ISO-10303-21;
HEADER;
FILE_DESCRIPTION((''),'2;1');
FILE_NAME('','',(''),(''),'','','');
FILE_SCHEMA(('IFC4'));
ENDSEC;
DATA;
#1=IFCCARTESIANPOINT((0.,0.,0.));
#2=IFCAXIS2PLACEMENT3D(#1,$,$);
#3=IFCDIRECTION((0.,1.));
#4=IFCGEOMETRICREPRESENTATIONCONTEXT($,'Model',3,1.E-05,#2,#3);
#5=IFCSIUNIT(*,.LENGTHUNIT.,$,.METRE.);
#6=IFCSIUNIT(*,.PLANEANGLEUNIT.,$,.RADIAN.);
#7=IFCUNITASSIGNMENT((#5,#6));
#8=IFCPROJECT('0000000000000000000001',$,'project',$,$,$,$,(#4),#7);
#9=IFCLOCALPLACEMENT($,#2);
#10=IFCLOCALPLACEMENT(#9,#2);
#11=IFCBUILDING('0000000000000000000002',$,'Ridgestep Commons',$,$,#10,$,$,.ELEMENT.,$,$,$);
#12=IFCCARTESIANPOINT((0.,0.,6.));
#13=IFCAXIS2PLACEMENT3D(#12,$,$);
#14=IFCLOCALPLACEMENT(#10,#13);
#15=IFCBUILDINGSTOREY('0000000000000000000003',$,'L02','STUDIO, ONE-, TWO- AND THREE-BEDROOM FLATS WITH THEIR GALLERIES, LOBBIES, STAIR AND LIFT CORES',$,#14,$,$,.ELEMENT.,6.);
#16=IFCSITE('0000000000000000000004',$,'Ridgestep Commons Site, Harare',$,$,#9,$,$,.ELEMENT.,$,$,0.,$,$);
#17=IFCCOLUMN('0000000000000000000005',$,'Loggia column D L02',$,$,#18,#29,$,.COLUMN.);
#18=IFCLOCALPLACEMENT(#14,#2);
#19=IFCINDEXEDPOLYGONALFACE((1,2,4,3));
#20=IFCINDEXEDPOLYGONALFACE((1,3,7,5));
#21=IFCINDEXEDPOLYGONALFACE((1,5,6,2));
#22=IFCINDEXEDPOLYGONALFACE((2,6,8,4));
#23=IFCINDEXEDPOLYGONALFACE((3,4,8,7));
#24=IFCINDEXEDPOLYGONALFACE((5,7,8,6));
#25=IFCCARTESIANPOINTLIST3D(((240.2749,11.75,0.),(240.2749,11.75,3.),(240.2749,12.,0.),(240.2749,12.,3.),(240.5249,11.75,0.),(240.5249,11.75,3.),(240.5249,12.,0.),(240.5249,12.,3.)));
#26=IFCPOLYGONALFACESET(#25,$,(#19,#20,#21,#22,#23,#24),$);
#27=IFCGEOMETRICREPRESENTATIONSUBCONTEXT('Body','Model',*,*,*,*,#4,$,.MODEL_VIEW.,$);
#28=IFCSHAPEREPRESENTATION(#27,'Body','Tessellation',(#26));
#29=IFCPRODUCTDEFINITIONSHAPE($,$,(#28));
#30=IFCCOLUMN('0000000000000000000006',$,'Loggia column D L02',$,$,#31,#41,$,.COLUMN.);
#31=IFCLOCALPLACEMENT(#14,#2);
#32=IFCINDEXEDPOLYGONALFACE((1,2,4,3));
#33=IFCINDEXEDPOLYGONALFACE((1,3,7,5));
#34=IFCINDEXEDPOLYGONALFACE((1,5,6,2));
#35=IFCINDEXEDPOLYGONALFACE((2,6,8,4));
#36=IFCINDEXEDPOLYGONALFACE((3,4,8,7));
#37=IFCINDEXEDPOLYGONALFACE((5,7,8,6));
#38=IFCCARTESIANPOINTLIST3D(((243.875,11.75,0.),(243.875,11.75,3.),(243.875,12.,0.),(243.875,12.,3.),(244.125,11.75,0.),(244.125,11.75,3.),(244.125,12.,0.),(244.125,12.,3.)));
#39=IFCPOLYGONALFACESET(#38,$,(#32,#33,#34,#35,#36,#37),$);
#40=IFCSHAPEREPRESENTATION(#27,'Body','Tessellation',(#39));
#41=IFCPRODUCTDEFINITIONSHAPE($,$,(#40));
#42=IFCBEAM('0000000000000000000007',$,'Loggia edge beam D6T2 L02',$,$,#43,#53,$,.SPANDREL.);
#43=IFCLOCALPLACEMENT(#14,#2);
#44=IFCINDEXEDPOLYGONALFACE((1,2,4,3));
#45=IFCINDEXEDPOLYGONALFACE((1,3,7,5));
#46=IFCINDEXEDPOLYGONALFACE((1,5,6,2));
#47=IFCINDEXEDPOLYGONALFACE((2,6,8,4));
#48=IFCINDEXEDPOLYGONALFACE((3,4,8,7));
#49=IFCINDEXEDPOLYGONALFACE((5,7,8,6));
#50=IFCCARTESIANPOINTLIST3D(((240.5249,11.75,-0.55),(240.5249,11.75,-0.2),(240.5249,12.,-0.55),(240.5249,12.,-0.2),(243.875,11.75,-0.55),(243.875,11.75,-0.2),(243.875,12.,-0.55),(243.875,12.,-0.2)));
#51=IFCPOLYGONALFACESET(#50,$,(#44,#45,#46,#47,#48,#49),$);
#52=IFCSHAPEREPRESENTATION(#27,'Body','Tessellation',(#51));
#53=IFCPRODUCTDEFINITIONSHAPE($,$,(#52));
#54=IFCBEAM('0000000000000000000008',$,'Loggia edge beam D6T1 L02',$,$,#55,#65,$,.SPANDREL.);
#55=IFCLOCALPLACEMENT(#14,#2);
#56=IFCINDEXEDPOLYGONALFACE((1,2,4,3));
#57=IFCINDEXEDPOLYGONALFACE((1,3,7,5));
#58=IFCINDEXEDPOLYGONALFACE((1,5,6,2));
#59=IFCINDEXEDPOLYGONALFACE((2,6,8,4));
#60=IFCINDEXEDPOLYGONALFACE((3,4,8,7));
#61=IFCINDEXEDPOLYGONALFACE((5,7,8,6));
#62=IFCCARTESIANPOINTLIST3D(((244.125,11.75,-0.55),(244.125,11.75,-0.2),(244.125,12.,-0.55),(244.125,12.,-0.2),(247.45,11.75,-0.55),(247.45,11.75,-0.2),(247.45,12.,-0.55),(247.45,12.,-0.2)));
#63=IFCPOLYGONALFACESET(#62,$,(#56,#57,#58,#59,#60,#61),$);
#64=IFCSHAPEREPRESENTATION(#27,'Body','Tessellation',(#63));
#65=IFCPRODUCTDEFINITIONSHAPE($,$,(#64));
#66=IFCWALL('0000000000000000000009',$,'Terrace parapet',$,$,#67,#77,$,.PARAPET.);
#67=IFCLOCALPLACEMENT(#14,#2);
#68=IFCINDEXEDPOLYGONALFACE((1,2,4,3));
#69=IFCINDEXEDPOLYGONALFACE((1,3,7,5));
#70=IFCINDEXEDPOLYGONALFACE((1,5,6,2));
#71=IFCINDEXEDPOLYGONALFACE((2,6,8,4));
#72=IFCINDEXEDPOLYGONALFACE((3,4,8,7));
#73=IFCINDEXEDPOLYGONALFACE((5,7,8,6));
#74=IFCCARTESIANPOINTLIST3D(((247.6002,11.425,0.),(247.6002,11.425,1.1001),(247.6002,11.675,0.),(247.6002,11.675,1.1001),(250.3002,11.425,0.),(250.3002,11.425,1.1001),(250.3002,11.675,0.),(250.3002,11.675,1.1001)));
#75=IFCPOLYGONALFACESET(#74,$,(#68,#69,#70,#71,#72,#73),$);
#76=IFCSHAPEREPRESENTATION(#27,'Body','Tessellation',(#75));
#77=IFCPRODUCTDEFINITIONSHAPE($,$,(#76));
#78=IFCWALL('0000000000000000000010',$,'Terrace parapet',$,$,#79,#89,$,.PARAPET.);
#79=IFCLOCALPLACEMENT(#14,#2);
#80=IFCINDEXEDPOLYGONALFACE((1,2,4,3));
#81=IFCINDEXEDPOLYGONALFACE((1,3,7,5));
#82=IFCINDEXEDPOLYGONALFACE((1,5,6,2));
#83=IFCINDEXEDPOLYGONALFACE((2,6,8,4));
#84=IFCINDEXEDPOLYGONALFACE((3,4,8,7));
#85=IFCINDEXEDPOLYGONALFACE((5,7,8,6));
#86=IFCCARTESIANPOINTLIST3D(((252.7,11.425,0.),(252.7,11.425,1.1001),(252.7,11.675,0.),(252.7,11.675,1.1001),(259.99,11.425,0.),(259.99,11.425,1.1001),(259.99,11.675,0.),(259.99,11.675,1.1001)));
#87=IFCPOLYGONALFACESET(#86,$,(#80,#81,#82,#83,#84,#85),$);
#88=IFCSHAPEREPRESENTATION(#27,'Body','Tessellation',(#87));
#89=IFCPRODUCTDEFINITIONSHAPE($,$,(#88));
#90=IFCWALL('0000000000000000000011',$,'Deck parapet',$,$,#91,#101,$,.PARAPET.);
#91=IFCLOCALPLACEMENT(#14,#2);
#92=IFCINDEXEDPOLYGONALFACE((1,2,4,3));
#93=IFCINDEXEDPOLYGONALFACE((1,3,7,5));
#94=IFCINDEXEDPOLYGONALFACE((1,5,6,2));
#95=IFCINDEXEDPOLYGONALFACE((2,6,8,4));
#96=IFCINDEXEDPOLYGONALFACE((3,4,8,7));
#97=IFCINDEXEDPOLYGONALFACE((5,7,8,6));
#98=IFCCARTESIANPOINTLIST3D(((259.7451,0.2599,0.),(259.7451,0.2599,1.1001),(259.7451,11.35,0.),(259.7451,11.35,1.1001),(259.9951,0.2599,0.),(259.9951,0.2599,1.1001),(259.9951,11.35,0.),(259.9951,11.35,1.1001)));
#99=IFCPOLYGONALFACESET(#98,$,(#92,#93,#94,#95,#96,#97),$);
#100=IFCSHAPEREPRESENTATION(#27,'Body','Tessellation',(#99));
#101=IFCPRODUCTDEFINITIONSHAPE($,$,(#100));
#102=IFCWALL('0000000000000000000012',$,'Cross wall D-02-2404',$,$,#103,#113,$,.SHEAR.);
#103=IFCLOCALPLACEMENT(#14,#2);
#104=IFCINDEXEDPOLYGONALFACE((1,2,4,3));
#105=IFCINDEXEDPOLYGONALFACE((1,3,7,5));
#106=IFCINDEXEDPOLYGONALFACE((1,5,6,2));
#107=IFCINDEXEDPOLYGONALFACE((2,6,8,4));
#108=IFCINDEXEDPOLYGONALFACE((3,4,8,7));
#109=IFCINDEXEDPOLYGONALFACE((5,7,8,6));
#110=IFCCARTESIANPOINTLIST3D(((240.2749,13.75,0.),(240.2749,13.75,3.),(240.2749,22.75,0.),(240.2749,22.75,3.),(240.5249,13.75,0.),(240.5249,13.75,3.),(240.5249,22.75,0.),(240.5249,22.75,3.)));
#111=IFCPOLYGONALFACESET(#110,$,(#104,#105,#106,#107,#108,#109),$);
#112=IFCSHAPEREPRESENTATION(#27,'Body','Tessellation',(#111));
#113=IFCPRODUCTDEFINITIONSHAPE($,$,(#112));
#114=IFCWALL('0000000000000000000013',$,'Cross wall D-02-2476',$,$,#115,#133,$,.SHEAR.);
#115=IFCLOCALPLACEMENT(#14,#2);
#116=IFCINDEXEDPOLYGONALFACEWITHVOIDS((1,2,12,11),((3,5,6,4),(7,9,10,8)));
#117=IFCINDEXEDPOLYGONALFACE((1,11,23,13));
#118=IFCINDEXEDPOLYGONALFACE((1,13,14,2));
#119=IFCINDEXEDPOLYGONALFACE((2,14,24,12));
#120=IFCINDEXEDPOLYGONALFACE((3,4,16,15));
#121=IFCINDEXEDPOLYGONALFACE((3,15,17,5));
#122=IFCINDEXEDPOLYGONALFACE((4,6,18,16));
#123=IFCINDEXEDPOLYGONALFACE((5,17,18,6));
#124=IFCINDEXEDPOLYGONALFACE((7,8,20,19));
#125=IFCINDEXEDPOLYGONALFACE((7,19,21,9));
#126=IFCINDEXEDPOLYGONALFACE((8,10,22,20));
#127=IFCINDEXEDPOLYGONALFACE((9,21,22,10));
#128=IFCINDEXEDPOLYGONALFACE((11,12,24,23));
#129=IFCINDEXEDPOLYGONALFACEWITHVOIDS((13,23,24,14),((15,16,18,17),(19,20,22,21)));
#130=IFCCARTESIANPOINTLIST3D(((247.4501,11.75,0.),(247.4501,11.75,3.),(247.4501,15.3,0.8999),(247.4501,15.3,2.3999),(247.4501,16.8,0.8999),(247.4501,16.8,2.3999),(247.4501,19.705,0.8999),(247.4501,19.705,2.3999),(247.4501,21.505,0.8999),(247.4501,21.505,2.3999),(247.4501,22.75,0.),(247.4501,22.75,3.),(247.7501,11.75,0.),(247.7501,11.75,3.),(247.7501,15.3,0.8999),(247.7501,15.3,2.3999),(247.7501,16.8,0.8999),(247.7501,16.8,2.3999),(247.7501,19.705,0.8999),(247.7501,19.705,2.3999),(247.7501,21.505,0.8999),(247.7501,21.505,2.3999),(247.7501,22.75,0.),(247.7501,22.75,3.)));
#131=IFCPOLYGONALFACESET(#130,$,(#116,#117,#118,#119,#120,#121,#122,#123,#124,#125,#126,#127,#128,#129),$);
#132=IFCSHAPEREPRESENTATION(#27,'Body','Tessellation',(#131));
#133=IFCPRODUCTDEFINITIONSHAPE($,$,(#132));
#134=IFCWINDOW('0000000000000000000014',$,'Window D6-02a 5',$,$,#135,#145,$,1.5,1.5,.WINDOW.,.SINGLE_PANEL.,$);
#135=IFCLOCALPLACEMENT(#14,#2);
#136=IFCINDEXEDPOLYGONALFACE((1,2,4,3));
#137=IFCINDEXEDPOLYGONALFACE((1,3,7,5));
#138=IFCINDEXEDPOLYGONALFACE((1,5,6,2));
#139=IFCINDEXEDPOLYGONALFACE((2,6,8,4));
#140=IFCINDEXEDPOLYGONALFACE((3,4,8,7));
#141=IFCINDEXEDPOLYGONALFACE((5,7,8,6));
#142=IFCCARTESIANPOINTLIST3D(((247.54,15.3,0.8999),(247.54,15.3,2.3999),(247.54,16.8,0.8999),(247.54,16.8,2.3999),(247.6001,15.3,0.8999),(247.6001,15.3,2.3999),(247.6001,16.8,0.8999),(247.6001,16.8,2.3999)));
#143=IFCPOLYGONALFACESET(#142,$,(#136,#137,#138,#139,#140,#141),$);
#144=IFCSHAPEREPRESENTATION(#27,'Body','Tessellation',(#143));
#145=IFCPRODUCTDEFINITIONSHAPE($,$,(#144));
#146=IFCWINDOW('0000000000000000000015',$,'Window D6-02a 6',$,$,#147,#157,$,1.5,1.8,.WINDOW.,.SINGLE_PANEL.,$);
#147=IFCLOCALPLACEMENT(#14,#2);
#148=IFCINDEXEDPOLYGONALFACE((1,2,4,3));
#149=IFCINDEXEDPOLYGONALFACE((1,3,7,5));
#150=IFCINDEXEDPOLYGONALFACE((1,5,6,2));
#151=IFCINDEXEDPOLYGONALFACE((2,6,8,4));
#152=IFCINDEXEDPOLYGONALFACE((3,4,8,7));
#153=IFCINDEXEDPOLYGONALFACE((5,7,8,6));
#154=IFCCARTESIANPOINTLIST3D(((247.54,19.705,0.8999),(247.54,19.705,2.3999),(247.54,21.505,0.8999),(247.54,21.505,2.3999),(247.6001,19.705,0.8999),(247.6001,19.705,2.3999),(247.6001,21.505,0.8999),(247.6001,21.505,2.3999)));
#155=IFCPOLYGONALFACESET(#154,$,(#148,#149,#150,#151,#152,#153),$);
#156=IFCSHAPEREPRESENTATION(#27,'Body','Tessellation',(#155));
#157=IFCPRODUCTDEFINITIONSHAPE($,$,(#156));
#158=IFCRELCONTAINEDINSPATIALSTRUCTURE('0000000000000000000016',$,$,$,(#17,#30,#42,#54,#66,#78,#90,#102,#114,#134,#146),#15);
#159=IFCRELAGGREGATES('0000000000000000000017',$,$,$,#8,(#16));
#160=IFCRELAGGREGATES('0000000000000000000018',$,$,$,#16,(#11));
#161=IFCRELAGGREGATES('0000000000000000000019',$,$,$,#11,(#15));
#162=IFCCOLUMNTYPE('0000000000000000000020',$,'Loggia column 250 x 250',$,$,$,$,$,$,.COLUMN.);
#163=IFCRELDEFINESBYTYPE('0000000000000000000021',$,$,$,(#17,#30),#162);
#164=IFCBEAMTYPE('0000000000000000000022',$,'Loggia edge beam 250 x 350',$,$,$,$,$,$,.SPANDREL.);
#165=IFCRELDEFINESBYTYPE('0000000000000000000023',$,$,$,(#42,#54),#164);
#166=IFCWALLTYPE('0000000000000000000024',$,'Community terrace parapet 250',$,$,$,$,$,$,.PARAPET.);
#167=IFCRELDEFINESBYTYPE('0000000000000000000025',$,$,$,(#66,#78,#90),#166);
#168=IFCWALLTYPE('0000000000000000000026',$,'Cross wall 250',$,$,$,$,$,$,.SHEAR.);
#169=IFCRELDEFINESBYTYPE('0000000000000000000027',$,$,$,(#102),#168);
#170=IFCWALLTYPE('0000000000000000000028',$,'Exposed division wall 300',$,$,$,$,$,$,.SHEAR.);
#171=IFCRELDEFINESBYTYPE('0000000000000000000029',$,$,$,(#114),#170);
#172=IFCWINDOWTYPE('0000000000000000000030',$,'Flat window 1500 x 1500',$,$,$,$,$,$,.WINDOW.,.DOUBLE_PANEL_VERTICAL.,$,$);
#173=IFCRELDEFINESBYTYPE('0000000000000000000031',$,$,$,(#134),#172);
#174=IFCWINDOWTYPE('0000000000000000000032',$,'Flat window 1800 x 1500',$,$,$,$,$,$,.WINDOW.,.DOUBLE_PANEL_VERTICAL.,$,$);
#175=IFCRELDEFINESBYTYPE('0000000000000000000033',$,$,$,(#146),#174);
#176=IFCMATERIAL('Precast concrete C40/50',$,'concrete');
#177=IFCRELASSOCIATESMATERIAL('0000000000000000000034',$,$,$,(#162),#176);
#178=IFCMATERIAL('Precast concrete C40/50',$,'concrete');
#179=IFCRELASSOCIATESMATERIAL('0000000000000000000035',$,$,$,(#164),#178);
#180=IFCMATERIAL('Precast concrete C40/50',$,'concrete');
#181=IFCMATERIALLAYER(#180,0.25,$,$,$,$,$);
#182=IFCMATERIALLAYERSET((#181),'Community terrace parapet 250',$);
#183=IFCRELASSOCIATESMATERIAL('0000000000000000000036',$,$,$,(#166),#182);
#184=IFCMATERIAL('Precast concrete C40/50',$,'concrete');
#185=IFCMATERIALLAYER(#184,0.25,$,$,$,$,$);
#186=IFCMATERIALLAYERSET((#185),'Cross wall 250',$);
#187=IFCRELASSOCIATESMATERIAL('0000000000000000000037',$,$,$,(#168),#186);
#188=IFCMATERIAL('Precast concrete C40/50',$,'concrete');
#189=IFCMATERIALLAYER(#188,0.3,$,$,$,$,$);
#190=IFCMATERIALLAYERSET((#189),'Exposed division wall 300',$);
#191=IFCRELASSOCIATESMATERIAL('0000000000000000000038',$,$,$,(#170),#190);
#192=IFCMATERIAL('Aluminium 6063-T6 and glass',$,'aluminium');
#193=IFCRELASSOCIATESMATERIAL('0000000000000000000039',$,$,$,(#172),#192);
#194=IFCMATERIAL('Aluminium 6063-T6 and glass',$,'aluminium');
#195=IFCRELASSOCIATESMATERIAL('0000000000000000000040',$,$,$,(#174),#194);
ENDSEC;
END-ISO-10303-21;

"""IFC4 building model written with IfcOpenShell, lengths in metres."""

from ifc_helpers import new_model, si_unit, direction, frame, frame_2d, origin, origin_2d, place, context, subcontext, project, spatial, rectangle, extrude, material, layer, layer_set, material_profile, profile_set, type_object, element, fill, save


model = new_model("IFC4")

# Units and contexts
model_context = context("Model", 3, precision=1e-05, world=origin(), true_north=direction((0.0, 1.0)))
body_context = subcontext(model_context, "Body", "Model", "MODEL_VIEW")
ifc_project = project(units=[si_unit("LENGTHUNIT", "METRE"), si_unit("PLANEANGLEUNIT", "RADIAN")], contexts=[model_context])

# Site, building, storey
site_placement = place(None, origin())
site = spatial("IfcSite", under=ifc_project, at=site_placement, Name="Ridgestep Commons Site, Harare", CompositionType="ELEMENT", RefElevation=0.0)
building_placement = place(site_placement, origin())
building = spatial("IfcBuilding", under=site, at=building_placement, Name="Ridgestep Commons", CompositionType="ELEMENT")
storey_placement = place(building_placement, frame((0.0, 0.0, 6.0)))
storey = spatial("IfcBuildingStorey", under=building, at=storey_placement, Name="L02", Description="STUDIO, ONE-, TWO- AND THREE-BEDROOM FLATS WITH THEIR GALLERIES, LOBBIES, STAIR AND LIFT CORES", CompositionType="ELEMENT", Elevation=6.0)

# Columns
ifc_material_1 = material(Name="Precast concrete C40/50", Category="concrete")
ifc_material_profile_1 = material_profile(ifc_material_1, rectangle(XDim=0.25, YDim=0.25, at=origin_2d()), Name="PC 250x250")
ifc_profile_set_1 = profile_set([ifc_material_profile_1], Name="Precast concrete C40/50")
column_type = type_object("IfcColumnType", Name="Loggia column 250 x 250", PredefinedType="COLUMN", material=ifc_profile_set_1)
for number, where, z_axis, x_axis, name in (
    (1, (240.3999, 11.875, 0.0), (0.0, 0.0, 1.0), (1.0, 0.0, 0.0), "Loggia column D L02"),
    (2, (244.0, 11.875, 0.0), (0.0, 0.0, 1.0), (1.0, 0.0, 0.0), "Loggia column D L02"),
):
    element("IfcColumn", number, at=place(storey_placement, frame(where, z_axis=z_axis, x_axis=x_axis)), inside=storey, type_object=column_type, Name=name, PredefinedType="COLUMN", context=body_context, shape_type="SweptSolid", body=[
        extrude(rectangle(XDim=0.25, YDim=0.25, at=origin_2d()), origin(), (0.0, 0.0, 1.0), 3.0),
    ])

# Beams
ifc_material_2 = material(Name="Precast concrete C40/50", Category="concrete")
ifc_material_profile_2 = material_profile(ifc_material_2, rectangle(XDim=0.25, YDim=0.3501, at=origin_2d()), Name="PC 250x350")
ifc_profile_set_2 = profile_set([ifc_material_profile_2], Name="Precast concrete C40/50")
beam_type = type_object("IfcBeamType", Name="Loggia edge beam 250 x 350", PredefinedType="SPANDREL", material=ifc_profile_set_2)
beam_1_placement = place(storey_placement, frame((240.5249, 11.875, -0.375), z_axis=(1.0, 0.0, 0.0), x_axis=(0.0, 1.0, 0.0)))
element("IfcBeam", 3, at=beam_1_placement, inside=storey, type_object=beam_type, Name="Loggia edge beam D6T2 L02", PredefinedType="SPANDREL", context=body_context, shape_type="SweptSolid", body=[
    extrude(rectangle(XDim=0.25, YDim=0.3501, at=origin_2d()), origin(), (0.0, 0.0, 1.0), 3.3501),
])
beam_2_placement = place(storey_placement, frame((244.125, 11.875, -0.375), z_axis=(1.0, 0.0, 0.0), x_axis=(0.0, 1.0, 0.0)))
element("IfcBeam", 4, at=beam_2_placement, inside=storey, type_object=beam_type, Name="Loggia edge beam D6T1 L02", PredefinedType="SPANDREL", context=body_context, shape_type="SweptSolid", body=[
    extrude(rectangle(XDim=0.25, YDim=0.3501, at=origin_2d()), origin(), (0.0, 0.0, 1.0), 3.325),
])

# Walls
ifc_material_3 = material(Name="Precast concrete C40/50", Category="concrete")
ifc_layer_1 = layer(ifc_material_3, 0.25)
ifc_layer_set_1 = layer_set([ifc_layer_1], Name="Community terrace parapet 250")
wall_type_1 = type_object("IfcWallType", Name="Community terrace parapet 250", PredefinedType="PARAPET", material=ifc_layer_set_1)
wall_1_placement = place(storey_placement, frame((247.6001, 11.55, 0.0), z_axis=(0.0, 0.0, 1.0), x_axis=(1.0, 0.0, 0.0)))
element("IfcWall", 5, at=wall_1_placement, inside=storey, type_object=wall_type_1, Name="Terrace parapet", PredefinedType="PARAPET", context=body_context, shape_type="SweptSolid", body=[
    extrude(rectangle(XDim=2.7, YDim=0.25, at=frame_2d((1.3501, 0.0))), origin(), (0.0, 0.0, 1.0), 1.1001),
])
wall_2_placement = place(storey_placement, frame((252.7, 11.55, 0.0), z_axis=(0.0, 0.0, 1.0), x_axis=(1.0, 0.0, 0.0)))
element("IfcWall", 6, at=wall_2_placement, inside=storey, type_object=wall_type_1, Name="Terrace parapet", PredefinedType="PARAPET", context=body_context, shape_type="SweptSolid", body=[
    extrude(rectangle(XDim=7.29, YDim=0.25, at=frame_2d((3.645, 0.0))), origin(), (0.0, 0.0, 1.0), 1.1001),
])
wall_3_placement = place(storey_placement, frame((259.8701, 0.26, 0.0), z_axis=(0.0, 0.0, 1.0), x_axis=(0.0, 1.0, 0.0)))
element("IfcWall", 7, at=wall_3_placement, inside=storey, type_object=wall_type_1, Name="Deck parapet", PredefinedType="PARAPET", context=body_context, shape_type="SweptSolid", body=[
    extrude(rectangle(XDim=11.0901, YDim=0.25, at=frame_2d((5.5449, 0.0))), origin(), (0.0, 0.0, 1.0), 1.1001),
])
ifc_material_4 = material(Name="Precast concrete C40/50", Category="concrete")
ifc_layer_2 = layer(ifc_material_4, 0.25)
ifc_layer_set_2 = layer_set([ifc_layer_2], Name="Cross wall 250")
wall_type_2 = type_object("IfcWallType", Name="Cross wall 250", PredefinedType="SHEAR", material=ifc_layer_set_2)
wall_4_placement = place(storey_placement, frame((240.3999, 13.75, 0.0), z_axis=(0.0, 0.0, 1.0), x_axis=(0.0, 1.0, 0.0)))
element("IfcWall", 8, at=wall_4_placement, inside=storey, type_object=wall_type_2, Name="Cross wall D-02-2404", PredefinedType="SHEAR", context=body_context, shape_type="SweptSolid", body=[
    extrude(rectangle(XDim=9.0, YDim=0.25, at=frame_2d((4.5, 0.0))), origin(), (0.0, 0.0, 1.0), 3.0),
])

# Wall, openings, windows
ifc_material_5 = material(Name="Precast concrete C40/50", Category="concrete")
ifc_layer_3 = layer(ifc_material_5, 0.3)
ifc_layer_set_3 = layer_set([ifc_layer_3], Name="Exposed division wall 300")
wall_type_3 = type_object("IfcWallType", Name="Exposed division wall 300", PredefinedType="SHEAR", material=ifc_layer_set_3)
wall_5_placement = place(storey_placement, frame((247.6001, 11.75, 0.0), z_axis=(0.0, 0.0, 1.0), x_axis=(0.0, 1.0, 0.0)))
wall_5 = element("IfcWall", 9, at=wall_5_placement, inside=storey, type_object=wall_type_3, Name="Cross wall D-02-2476", PredefinedType="SHEAR", context=body_context, shape_type="SweptSolid", body=[
    extrude(rectangle(XDim=11.0, YDim=0.3, at=frame_2d((5.5, 0.0))), origin(), (0.0, 0.0, 1.0), 3.0),
])
opening_1_placement = place(wall_5_placement, frame((3.55, 0.0, 0.8999)))
opening_1 = element("IfcOpeningElement", 10, at=opening_1_placement, cuts=wall_5, PredefinedType="OPENING", context=body_context, shape_type="SweptSolid", body=[
    extrude(rectangle(XDim=1.5, YDim=1.5, at=frame_2d((0.75, 0.75))), frame((0.0, 0.1599, 0.0), z_axis=(0.0, -1.0, 0.0), x_axis=(1.0, 0.0, 0.0)), (0.0, 0.0, 1.0), 0.3201),
])
opening_2_placement = place(wall_5_placement, frame((7.9551, 0.0, 0.8999)))
opening_2 = element("IfcOpeningElement", 11, at=opening_2_placement, cuts=wall_5, PredefinedType="OPENING", context=body_context, shape_type="SweptSolid", body=[
    extrude(rectangle(XDim=1.8, YDim=1.5, at=frame_2d((0.8999, 0.75))), frame((0.0, 0.1599, 0.0), z_axis=(0.0, -1.0, 0.0), x_axis=(1.0, 0.0, 0.0)), (0.0, 0.0, 1.0), 0.3201),
])
ifc_material_6 = material(Name="Aluminium 6063-T6 and glass", Category="aluminium")
window_type_1 = type_object("IfcWindowType", Name="Flat window 1500 x 1500", PartitioningType="DOUBLE_PANEL_VERTICAL", PredefinedType="WINDOW", material=ifc_material_6)
window_1_placement = place(opening_1_placement, origin())
window_1 = element("IfcWindow", 12, at=window_1_placement, inside=storey, type_object=window_type_1, Name="Window D6-02a 5", OverallHeight=1.5, OverallWidth=1.5, PartitioningType="SINGLE_PANEL", PredefinedType="WINDOW", context=body_context, shape_type="SweptSolid", body=[
    extrude(rectangle(XDim=1.5, YDim=1.5, at=frame_2d((0.75, 0.75))), frame((0.0, 0.0601, 0.0), z_axis=(0.0, -1.0, 0.0), x_axis=(1.0, 0.0, 0.0)), (0.0, 0.0, 1.0), 0.0601),
])
fill(opening_1, window_1)
ifc_material_7 = material(Name="Aluminium 6063-T6 and glass", Category="aluminium")
window_type_2 = type_object("IfcWindowType", Name="Flat window 1800 x 1500", PartitioningType="DOUBLE_PANEL_VERTICAL", PredefinedType="WINDOW", material=ifc_material_7)
window_2_placement = place(opening_2_placement, origin())
window_2 = element("IfcWindow", 13, at=window_2_placement, inside=storey, type_object=window_type_2, Name="Window D6-02a 6", OverallHeight=1.5, OverallWidth=1.8, PartitioningType="SINGLE_PANEL", PredefinedType="WINDOW", context=body_context, shape_type="SweptSolid", body=[
    extrude(rectangle(XDim=1.8, YDim=1.5, at=frame_2d((0.8999, 0.75))), frame((0.0, 0.0601, 0.0), z_axis=(0.0, -1.0, 0.0), x_axis=(1.0, 0.0, 0.0)), (0.0, 0.0, 1.0), 0.0601),
])
fill(opening_2, window_2)

save(model, "model.ifc")
